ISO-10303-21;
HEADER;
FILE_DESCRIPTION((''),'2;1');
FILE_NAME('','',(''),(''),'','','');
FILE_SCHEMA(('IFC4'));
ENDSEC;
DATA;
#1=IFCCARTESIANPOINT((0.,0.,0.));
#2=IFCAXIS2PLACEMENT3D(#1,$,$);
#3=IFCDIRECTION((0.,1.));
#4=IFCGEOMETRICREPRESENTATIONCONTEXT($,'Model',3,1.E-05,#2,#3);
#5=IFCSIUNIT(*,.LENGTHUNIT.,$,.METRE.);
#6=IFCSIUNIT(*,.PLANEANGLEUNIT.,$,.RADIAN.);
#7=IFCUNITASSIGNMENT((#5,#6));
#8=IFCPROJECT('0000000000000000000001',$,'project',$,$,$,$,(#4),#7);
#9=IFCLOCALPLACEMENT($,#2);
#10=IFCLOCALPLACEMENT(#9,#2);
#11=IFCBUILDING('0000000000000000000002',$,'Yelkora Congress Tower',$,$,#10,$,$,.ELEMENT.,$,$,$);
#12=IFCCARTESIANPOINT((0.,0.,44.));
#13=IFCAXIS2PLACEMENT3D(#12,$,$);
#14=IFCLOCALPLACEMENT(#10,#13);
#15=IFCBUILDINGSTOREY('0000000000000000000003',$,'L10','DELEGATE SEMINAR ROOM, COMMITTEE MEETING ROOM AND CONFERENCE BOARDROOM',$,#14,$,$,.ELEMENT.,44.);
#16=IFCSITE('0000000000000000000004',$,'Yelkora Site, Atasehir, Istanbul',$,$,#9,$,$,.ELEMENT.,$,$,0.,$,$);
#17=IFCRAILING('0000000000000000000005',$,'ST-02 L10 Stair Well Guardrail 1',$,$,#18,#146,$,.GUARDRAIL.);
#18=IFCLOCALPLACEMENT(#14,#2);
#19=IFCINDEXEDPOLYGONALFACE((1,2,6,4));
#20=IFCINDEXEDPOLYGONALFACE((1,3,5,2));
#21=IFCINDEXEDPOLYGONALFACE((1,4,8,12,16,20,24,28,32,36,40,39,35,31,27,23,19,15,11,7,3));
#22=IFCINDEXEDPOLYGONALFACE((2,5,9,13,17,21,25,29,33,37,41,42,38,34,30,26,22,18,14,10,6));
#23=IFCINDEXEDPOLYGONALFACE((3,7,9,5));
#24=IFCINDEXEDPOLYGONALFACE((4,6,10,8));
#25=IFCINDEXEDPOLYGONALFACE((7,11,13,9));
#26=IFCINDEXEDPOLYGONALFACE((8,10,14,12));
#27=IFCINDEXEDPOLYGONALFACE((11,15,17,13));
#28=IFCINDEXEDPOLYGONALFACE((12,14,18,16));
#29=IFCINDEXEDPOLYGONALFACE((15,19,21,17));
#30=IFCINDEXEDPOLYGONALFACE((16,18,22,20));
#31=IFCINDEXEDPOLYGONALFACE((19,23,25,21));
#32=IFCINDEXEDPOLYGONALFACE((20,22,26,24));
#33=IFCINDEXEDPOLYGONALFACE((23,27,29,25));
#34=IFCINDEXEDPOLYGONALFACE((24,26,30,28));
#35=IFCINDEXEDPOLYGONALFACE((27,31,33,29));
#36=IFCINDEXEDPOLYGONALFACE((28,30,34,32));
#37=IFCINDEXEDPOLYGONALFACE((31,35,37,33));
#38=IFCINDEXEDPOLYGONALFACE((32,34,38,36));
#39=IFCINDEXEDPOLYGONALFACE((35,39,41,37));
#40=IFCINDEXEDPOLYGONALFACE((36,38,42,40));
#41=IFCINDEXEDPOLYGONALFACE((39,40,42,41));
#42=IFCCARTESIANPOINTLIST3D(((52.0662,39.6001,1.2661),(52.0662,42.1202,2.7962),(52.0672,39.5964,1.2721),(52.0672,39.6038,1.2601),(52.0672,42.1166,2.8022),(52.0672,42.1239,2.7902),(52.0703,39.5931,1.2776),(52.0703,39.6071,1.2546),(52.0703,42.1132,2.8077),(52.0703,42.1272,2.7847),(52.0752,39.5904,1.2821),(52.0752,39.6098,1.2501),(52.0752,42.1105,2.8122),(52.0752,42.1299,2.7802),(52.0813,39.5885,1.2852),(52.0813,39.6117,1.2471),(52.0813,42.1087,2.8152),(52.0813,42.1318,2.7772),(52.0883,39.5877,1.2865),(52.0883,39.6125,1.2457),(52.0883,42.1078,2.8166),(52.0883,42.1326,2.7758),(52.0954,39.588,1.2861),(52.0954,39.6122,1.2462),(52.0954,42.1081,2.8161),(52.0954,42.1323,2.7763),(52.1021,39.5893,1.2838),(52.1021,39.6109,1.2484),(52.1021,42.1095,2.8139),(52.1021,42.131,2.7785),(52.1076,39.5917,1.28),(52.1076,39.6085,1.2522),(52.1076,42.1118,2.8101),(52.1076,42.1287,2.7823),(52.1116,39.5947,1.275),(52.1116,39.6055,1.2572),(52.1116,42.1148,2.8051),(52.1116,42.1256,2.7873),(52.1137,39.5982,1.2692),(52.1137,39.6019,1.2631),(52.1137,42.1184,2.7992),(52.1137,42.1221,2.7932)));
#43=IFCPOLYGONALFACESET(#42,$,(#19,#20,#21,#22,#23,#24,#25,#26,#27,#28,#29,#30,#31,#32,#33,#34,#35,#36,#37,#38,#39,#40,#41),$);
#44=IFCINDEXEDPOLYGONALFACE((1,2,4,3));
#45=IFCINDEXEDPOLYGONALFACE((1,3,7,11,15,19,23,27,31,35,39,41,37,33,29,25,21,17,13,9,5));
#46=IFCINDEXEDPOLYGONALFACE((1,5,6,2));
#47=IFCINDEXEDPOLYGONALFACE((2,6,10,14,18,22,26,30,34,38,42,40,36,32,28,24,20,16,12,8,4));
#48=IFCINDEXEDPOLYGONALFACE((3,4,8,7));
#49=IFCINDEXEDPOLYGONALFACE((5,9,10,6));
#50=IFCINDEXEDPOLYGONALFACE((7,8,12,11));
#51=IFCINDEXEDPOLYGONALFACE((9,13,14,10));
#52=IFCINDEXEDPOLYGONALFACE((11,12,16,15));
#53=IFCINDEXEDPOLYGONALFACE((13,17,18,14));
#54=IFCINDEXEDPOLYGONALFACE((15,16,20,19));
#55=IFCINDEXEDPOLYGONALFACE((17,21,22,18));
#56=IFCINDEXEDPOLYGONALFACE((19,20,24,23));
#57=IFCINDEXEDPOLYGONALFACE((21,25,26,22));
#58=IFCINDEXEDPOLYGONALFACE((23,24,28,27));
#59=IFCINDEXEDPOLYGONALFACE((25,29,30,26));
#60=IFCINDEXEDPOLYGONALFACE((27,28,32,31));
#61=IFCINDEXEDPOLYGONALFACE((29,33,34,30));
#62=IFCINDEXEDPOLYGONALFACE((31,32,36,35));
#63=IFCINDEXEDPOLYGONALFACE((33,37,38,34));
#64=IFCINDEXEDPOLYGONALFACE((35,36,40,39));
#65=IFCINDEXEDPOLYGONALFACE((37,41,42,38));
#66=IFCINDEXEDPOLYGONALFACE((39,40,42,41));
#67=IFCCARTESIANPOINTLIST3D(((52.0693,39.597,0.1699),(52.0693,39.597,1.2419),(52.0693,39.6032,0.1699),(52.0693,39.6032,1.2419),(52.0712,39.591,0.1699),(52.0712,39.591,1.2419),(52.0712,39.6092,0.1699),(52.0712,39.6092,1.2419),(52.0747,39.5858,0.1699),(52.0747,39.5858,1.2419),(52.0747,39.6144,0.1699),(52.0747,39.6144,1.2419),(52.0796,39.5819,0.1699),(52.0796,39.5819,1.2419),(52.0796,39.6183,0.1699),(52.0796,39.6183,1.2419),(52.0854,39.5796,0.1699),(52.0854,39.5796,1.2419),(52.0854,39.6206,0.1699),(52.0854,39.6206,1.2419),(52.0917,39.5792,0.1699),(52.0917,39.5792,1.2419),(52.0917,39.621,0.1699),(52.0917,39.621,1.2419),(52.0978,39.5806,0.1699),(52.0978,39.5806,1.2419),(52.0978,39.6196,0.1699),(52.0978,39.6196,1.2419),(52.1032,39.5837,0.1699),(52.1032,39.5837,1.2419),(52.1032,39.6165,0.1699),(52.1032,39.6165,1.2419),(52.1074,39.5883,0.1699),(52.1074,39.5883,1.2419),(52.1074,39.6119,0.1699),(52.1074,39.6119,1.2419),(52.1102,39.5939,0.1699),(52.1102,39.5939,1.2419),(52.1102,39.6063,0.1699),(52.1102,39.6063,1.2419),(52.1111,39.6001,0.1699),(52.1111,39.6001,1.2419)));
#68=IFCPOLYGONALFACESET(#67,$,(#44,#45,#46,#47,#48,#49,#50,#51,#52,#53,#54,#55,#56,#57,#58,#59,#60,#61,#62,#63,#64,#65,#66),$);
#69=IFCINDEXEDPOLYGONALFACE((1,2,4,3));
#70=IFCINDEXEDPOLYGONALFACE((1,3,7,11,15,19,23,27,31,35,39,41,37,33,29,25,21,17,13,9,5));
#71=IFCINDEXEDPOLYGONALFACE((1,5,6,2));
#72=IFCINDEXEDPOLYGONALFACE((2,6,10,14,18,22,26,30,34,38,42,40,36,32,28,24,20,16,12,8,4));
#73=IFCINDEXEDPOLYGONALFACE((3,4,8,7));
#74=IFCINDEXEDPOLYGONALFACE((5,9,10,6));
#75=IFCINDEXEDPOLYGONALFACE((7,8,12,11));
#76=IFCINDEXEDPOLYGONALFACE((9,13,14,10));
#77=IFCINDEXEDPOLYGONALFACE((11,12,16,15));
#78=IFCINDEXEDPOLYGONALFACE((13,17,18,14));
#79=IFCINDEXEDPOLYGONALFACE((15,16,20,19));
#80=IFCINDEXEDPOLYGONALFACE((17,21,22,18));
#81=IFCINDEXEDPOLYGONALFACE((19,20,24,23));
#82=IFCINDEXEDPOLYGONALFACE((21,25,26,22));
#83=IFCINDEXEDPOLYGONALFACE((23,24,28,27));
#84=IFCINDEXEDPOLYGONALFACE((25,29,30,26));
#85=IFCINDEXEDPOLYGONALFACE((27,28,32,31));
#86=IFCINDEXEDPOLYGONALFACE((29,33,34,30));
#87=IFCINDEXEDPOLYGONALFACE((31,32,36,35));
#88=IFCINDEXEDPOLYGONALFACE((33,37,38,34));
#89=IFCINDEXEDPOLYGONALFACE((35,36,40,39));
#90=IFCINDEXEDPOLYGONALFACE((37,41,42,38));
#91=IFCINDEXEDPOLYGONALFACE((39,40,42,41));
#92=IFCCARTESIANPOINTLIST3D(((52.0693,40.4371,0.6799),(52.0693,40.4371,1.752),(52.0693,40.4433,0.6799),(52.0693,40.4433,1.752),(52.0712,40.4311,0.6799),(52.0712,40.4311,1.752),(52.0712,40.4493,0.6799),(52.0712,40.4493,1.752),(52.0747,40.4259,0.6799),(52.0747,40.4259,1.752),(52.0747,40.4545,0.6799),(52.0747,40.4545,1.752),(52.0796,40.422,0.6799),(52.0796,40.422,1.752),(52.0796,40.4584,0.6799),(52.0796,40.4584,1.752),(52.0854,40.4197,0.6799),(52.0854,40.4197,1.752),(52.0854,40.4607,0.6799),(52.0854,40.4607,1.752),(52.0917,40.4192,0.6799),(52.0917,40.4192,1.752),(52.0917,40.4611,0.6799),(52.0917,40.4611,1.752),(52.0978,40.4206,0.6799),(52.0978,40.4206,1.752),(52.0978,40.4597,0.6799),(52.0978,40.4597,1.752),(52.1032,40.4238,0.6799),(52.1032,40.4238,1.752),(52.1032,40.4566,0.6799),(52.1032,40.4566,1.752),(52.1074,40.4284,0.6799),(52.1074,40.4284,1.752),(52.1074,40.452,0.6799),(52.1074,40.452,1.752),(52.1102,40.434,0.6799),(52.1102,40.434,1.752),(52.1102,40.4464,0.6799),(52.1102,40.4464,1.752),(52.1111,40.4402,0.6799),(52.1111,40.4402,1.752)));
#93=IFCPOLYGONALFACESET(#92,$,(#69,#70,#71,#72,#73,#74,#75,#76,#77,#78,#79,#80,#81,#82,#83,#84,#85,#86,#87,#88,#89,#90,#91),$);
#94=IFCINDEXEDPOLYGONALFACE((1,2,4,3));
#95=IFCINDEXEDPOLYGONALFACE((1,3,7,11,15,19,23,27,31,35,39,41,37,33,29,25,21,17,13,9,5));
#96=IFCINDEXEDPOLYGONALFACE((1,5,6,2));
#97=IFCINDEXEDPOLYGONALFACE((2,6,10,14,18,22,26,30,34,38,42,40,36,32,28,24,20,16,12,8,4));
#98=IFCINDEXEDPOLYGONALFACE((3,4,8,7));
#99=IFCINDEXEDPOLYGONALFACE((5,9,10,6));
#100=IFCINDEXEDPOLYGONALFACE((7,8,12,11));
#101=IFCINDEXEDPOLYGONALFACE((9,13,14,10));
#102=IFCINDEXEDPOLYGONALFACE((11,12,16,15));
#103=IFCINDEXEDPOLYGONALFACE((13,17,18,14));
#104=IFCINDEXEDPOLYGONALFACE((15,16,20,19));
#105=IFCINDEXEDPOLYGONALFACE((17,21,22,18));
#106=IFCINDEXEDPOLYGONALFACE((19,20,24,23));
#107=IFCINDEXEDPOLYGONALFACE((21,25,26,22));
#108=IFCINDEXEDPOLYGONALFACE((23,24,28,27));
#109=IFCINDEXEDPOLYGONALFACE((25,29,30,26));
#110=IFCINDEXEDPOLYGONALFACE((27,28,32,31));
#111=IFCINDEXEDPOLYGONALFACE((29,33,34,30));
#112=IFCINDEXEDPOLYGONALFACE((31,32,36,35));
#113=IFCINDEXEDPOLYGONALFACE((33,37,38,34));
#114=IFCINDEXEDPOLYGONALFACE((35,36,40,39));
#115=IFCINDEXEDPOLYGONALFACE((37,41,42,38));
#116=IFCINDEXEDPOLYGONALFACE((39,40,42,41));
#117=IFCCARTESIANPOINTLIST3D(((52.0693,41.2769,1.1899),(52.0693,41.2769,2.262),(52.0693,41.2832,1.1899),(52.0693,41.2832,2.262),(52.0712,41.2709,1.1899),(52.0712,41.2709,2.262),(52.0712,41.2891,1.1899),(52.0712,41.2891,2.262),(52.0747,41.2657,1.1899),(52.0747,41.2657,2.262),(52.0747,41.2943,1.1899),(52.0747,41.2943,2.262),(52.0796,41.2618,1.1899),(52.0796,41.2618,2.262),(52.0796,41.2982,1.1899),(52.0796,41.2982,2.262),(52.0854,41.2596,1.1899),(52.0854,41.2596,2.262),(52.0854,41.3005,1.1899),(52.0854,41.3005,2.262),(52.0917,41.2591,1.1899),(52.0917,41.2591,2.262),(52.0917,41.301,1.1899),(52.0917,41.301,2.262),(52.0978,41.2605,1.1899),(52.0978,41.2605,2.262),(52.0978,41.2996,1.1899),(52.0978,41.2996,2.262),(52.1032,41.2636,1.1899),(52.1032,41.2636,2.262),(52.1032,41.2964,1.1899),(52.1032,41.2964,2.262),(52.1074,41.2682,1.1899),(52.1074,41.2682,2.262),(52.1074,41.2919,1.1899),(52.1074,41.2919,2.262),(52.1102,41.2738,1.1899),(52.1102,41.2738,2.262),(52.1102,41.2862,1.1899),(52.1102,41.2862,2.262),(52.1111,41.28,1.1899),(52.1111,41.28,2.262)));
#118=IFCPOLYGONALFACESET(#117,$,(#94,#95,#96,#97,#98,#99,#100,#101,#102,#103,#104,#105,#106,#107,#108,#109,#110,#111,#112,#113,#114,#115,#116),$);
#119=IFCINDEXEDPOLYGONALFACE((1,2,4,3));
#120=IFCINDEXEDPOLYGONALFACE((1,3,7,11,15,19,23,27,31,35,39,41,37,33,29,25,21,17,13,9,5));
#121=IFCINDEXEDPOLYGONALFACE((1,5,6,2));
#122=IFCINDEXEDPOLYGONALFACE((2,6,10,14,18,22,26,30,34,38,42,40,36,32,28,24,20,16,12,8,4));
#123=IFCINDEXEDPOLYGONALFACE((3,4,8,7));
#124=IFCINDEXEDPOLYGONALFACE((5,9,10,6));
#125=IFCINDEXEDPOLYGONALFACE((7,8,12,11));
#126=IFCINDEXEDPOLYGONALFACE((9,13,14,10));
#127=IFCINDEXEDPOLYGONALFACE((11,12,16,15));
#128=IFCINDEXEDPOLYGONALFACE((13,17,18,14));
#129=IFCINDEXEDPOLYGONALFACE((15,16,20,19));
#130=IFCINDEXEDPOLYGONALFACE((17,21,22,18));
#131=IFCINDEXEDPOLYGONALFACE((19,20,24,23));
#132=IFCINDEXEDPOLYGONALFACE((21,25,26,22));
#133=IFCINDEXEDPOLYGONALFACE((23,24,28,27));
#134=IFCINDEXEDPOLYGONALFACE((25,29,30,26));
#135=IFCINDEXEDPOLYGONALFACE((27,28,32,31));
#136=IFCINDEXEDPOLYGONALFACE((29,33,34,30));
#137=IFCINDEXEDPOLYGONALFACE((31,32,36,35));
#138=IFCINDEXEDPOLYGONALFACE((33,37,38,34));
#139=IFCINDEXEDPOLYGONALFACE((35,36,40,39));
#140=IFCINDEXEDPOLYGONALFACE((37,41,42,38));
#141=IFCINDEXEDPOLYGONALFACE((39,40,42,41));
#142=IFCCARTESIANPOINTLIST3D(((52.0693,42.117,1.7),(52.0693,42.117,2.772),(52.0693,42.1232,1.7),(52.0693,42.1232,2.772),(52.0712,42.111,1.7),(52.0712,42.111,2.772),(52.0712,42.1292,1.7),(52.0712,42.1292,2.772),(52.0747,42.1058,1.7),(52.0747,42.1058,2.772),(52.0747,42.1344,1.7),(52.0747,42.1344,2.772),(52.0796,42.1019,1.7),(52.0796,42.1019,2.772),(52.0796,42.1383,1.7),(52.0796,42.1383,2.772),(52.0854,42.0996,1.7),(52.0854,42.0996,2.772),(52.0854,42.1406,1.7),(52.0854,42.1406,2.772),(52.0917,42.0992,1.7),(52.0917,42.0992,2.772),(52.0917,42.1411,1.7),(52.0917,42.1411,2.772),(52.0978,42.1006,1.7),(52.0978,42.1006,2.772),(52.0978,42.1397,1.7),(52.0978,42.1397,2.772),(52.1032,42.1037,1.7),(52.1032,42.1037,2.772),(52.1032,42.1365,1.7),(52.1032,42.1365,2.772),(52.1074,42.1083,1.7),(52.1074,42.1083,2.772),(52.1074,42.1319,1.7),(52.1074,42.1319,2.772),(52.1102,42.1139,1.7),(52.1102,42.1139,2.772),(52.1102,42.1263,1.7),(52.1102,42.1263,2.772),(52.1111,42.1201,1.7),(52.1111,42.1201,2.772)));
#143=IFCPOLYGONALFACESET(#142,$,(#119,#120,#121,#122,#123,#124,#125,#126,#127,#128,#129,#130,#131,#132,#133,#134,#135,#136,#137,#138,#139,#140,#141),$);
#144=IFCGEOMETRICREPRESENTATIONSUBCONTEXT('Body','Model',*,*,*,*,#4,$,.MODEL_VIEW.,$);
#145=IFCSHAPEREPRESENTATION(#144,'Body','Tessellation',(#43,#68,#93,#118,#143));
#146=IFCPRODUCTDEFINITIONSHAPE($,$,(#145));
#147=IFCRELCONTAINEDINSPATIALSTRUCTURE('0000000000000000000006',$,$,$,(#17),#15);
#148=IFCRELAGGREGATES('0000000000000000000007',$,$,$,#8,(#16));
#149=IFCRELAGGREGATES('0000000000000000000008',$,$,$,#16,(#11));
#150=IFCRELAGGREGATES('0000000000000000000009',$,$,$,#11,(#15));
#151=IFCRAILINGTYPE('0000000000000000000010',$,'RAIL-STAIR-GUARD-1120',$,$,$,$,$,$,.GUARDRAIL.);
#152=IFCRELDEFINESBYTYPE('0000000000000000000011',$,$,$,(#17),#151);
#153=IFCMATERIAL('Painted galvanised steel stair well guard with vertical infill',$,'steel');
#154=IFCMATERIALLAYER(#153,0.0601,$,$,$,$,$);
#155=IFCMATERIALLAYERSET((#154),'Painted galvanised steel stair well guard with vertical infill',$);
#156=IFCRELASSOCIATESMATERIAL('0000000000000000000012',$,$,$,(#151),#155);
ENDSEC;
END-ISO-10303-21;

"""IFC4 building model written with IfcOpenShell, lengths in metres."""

from ifc_helpers import new_model, si_unit, direction, frame, origin, origin_2d, place, context, subcontext, project, spatial, circle, extrude, material, layer, layer_set, type_object, element, save


model = new_model("IFC4")

# Units and contexts
model_context = context("Model", 3, precision=1e-05, world=origin(), true_north=direction((0.0, 1.0)))
body_context = subcontext(model_context, "Body", "Model", "MODEL_VIEW")
ifc_project = project(units=[si_unit("LENGTHUNIT", "METRE"), si_unit("PLANEANGLEUNIT", "RADIAN")], contexts=[model_context])

# Site, building, storey
site_placement = place(None, origin())
site = spatial("IfcSite", under=ifc_project, at=site_placement, Name="Yelkora Site, Atasehir, Istanbul", CompositionType="ELEMENT", RefElevation=0.0)
building_placement = place(site_placement, origin())
building = spatial("IfcBuilding", under=site, at=building_placement, Name="Yelkora Congress Tower", CompositionType="ELEMENT")
storey_placement = place(building_placement, frame((0.0, 0.0, 44.0)))
storey = spatial("IfcBuildingStorey", under=building, at=storey_placement, Name="L10", Description="DELEGATE SEMINAR ROOM, COMMITTEE MEETING ROOM AND CONFERENCE BOARDROOM", CompositionType="ELEMENT", Elevation=44.0)

# Railing
ifc_material_1 = material(Name="Painted galvanised steel stair well guard with vertical infill", Category="steel")
ifc_layer_1 = layer(ifc_material_1, 0.0601)
ifc_layer_set_1 = layer_set([ifc_layer_1], Name="Painted galvanised steel stair well guard with vertical infill")
railing_type_1 = type_object("IfcRailingType", Name="RAIL-STAIR-GUARD-1120", PredefinedType="GUARDRAIL", material=ifc_layer_set_1)
railing_1_placement = place(storey_placement, frame((52.0901, 39.6001, 0.1699)))
element("IfcRailing", 1, at=railing_1_placement, inside=storey, type_object=railing_type_1, Name="ST-02 L10 Stair Well Guardrail 1", PredefinedType="GUARDRAIL", context=body_context, shape_type="SweptSolid", body=[
    extrude(circle(Radius=0.0239, at=origin_2d()), frame((0.0, 0.0, 1.0962), z_axis=(0.0, 0.854785, 0.518982), x_axis=(-1.0, 0.0, 0.0)), (0.0, 0.0, 1.0), 2.9482),
    extrude(circle(Radius=0.021, at=origin_2d()), origin(), (0.0, 0.0, 1.0), 1.072),
    extrude(circle(Radius=0.021, at=origin_2d()), frame((0.0, 0.8401, 0.51)), (0.0, 0.0, 1.0), 1.072),
    extrude(circle(Radius=0.021, at=origin_2d()), frame((0.0, 1.6799, 1.02)), (0.0, 0.0, 1.0), 1.072),
    extrude(circle(Radius=0.021, at=origin_2d()), frame((0.0, 2.52, 1.53)), (0.0, 0.0, 1.0), 1.072),
])

save(model, "model.ifc")
